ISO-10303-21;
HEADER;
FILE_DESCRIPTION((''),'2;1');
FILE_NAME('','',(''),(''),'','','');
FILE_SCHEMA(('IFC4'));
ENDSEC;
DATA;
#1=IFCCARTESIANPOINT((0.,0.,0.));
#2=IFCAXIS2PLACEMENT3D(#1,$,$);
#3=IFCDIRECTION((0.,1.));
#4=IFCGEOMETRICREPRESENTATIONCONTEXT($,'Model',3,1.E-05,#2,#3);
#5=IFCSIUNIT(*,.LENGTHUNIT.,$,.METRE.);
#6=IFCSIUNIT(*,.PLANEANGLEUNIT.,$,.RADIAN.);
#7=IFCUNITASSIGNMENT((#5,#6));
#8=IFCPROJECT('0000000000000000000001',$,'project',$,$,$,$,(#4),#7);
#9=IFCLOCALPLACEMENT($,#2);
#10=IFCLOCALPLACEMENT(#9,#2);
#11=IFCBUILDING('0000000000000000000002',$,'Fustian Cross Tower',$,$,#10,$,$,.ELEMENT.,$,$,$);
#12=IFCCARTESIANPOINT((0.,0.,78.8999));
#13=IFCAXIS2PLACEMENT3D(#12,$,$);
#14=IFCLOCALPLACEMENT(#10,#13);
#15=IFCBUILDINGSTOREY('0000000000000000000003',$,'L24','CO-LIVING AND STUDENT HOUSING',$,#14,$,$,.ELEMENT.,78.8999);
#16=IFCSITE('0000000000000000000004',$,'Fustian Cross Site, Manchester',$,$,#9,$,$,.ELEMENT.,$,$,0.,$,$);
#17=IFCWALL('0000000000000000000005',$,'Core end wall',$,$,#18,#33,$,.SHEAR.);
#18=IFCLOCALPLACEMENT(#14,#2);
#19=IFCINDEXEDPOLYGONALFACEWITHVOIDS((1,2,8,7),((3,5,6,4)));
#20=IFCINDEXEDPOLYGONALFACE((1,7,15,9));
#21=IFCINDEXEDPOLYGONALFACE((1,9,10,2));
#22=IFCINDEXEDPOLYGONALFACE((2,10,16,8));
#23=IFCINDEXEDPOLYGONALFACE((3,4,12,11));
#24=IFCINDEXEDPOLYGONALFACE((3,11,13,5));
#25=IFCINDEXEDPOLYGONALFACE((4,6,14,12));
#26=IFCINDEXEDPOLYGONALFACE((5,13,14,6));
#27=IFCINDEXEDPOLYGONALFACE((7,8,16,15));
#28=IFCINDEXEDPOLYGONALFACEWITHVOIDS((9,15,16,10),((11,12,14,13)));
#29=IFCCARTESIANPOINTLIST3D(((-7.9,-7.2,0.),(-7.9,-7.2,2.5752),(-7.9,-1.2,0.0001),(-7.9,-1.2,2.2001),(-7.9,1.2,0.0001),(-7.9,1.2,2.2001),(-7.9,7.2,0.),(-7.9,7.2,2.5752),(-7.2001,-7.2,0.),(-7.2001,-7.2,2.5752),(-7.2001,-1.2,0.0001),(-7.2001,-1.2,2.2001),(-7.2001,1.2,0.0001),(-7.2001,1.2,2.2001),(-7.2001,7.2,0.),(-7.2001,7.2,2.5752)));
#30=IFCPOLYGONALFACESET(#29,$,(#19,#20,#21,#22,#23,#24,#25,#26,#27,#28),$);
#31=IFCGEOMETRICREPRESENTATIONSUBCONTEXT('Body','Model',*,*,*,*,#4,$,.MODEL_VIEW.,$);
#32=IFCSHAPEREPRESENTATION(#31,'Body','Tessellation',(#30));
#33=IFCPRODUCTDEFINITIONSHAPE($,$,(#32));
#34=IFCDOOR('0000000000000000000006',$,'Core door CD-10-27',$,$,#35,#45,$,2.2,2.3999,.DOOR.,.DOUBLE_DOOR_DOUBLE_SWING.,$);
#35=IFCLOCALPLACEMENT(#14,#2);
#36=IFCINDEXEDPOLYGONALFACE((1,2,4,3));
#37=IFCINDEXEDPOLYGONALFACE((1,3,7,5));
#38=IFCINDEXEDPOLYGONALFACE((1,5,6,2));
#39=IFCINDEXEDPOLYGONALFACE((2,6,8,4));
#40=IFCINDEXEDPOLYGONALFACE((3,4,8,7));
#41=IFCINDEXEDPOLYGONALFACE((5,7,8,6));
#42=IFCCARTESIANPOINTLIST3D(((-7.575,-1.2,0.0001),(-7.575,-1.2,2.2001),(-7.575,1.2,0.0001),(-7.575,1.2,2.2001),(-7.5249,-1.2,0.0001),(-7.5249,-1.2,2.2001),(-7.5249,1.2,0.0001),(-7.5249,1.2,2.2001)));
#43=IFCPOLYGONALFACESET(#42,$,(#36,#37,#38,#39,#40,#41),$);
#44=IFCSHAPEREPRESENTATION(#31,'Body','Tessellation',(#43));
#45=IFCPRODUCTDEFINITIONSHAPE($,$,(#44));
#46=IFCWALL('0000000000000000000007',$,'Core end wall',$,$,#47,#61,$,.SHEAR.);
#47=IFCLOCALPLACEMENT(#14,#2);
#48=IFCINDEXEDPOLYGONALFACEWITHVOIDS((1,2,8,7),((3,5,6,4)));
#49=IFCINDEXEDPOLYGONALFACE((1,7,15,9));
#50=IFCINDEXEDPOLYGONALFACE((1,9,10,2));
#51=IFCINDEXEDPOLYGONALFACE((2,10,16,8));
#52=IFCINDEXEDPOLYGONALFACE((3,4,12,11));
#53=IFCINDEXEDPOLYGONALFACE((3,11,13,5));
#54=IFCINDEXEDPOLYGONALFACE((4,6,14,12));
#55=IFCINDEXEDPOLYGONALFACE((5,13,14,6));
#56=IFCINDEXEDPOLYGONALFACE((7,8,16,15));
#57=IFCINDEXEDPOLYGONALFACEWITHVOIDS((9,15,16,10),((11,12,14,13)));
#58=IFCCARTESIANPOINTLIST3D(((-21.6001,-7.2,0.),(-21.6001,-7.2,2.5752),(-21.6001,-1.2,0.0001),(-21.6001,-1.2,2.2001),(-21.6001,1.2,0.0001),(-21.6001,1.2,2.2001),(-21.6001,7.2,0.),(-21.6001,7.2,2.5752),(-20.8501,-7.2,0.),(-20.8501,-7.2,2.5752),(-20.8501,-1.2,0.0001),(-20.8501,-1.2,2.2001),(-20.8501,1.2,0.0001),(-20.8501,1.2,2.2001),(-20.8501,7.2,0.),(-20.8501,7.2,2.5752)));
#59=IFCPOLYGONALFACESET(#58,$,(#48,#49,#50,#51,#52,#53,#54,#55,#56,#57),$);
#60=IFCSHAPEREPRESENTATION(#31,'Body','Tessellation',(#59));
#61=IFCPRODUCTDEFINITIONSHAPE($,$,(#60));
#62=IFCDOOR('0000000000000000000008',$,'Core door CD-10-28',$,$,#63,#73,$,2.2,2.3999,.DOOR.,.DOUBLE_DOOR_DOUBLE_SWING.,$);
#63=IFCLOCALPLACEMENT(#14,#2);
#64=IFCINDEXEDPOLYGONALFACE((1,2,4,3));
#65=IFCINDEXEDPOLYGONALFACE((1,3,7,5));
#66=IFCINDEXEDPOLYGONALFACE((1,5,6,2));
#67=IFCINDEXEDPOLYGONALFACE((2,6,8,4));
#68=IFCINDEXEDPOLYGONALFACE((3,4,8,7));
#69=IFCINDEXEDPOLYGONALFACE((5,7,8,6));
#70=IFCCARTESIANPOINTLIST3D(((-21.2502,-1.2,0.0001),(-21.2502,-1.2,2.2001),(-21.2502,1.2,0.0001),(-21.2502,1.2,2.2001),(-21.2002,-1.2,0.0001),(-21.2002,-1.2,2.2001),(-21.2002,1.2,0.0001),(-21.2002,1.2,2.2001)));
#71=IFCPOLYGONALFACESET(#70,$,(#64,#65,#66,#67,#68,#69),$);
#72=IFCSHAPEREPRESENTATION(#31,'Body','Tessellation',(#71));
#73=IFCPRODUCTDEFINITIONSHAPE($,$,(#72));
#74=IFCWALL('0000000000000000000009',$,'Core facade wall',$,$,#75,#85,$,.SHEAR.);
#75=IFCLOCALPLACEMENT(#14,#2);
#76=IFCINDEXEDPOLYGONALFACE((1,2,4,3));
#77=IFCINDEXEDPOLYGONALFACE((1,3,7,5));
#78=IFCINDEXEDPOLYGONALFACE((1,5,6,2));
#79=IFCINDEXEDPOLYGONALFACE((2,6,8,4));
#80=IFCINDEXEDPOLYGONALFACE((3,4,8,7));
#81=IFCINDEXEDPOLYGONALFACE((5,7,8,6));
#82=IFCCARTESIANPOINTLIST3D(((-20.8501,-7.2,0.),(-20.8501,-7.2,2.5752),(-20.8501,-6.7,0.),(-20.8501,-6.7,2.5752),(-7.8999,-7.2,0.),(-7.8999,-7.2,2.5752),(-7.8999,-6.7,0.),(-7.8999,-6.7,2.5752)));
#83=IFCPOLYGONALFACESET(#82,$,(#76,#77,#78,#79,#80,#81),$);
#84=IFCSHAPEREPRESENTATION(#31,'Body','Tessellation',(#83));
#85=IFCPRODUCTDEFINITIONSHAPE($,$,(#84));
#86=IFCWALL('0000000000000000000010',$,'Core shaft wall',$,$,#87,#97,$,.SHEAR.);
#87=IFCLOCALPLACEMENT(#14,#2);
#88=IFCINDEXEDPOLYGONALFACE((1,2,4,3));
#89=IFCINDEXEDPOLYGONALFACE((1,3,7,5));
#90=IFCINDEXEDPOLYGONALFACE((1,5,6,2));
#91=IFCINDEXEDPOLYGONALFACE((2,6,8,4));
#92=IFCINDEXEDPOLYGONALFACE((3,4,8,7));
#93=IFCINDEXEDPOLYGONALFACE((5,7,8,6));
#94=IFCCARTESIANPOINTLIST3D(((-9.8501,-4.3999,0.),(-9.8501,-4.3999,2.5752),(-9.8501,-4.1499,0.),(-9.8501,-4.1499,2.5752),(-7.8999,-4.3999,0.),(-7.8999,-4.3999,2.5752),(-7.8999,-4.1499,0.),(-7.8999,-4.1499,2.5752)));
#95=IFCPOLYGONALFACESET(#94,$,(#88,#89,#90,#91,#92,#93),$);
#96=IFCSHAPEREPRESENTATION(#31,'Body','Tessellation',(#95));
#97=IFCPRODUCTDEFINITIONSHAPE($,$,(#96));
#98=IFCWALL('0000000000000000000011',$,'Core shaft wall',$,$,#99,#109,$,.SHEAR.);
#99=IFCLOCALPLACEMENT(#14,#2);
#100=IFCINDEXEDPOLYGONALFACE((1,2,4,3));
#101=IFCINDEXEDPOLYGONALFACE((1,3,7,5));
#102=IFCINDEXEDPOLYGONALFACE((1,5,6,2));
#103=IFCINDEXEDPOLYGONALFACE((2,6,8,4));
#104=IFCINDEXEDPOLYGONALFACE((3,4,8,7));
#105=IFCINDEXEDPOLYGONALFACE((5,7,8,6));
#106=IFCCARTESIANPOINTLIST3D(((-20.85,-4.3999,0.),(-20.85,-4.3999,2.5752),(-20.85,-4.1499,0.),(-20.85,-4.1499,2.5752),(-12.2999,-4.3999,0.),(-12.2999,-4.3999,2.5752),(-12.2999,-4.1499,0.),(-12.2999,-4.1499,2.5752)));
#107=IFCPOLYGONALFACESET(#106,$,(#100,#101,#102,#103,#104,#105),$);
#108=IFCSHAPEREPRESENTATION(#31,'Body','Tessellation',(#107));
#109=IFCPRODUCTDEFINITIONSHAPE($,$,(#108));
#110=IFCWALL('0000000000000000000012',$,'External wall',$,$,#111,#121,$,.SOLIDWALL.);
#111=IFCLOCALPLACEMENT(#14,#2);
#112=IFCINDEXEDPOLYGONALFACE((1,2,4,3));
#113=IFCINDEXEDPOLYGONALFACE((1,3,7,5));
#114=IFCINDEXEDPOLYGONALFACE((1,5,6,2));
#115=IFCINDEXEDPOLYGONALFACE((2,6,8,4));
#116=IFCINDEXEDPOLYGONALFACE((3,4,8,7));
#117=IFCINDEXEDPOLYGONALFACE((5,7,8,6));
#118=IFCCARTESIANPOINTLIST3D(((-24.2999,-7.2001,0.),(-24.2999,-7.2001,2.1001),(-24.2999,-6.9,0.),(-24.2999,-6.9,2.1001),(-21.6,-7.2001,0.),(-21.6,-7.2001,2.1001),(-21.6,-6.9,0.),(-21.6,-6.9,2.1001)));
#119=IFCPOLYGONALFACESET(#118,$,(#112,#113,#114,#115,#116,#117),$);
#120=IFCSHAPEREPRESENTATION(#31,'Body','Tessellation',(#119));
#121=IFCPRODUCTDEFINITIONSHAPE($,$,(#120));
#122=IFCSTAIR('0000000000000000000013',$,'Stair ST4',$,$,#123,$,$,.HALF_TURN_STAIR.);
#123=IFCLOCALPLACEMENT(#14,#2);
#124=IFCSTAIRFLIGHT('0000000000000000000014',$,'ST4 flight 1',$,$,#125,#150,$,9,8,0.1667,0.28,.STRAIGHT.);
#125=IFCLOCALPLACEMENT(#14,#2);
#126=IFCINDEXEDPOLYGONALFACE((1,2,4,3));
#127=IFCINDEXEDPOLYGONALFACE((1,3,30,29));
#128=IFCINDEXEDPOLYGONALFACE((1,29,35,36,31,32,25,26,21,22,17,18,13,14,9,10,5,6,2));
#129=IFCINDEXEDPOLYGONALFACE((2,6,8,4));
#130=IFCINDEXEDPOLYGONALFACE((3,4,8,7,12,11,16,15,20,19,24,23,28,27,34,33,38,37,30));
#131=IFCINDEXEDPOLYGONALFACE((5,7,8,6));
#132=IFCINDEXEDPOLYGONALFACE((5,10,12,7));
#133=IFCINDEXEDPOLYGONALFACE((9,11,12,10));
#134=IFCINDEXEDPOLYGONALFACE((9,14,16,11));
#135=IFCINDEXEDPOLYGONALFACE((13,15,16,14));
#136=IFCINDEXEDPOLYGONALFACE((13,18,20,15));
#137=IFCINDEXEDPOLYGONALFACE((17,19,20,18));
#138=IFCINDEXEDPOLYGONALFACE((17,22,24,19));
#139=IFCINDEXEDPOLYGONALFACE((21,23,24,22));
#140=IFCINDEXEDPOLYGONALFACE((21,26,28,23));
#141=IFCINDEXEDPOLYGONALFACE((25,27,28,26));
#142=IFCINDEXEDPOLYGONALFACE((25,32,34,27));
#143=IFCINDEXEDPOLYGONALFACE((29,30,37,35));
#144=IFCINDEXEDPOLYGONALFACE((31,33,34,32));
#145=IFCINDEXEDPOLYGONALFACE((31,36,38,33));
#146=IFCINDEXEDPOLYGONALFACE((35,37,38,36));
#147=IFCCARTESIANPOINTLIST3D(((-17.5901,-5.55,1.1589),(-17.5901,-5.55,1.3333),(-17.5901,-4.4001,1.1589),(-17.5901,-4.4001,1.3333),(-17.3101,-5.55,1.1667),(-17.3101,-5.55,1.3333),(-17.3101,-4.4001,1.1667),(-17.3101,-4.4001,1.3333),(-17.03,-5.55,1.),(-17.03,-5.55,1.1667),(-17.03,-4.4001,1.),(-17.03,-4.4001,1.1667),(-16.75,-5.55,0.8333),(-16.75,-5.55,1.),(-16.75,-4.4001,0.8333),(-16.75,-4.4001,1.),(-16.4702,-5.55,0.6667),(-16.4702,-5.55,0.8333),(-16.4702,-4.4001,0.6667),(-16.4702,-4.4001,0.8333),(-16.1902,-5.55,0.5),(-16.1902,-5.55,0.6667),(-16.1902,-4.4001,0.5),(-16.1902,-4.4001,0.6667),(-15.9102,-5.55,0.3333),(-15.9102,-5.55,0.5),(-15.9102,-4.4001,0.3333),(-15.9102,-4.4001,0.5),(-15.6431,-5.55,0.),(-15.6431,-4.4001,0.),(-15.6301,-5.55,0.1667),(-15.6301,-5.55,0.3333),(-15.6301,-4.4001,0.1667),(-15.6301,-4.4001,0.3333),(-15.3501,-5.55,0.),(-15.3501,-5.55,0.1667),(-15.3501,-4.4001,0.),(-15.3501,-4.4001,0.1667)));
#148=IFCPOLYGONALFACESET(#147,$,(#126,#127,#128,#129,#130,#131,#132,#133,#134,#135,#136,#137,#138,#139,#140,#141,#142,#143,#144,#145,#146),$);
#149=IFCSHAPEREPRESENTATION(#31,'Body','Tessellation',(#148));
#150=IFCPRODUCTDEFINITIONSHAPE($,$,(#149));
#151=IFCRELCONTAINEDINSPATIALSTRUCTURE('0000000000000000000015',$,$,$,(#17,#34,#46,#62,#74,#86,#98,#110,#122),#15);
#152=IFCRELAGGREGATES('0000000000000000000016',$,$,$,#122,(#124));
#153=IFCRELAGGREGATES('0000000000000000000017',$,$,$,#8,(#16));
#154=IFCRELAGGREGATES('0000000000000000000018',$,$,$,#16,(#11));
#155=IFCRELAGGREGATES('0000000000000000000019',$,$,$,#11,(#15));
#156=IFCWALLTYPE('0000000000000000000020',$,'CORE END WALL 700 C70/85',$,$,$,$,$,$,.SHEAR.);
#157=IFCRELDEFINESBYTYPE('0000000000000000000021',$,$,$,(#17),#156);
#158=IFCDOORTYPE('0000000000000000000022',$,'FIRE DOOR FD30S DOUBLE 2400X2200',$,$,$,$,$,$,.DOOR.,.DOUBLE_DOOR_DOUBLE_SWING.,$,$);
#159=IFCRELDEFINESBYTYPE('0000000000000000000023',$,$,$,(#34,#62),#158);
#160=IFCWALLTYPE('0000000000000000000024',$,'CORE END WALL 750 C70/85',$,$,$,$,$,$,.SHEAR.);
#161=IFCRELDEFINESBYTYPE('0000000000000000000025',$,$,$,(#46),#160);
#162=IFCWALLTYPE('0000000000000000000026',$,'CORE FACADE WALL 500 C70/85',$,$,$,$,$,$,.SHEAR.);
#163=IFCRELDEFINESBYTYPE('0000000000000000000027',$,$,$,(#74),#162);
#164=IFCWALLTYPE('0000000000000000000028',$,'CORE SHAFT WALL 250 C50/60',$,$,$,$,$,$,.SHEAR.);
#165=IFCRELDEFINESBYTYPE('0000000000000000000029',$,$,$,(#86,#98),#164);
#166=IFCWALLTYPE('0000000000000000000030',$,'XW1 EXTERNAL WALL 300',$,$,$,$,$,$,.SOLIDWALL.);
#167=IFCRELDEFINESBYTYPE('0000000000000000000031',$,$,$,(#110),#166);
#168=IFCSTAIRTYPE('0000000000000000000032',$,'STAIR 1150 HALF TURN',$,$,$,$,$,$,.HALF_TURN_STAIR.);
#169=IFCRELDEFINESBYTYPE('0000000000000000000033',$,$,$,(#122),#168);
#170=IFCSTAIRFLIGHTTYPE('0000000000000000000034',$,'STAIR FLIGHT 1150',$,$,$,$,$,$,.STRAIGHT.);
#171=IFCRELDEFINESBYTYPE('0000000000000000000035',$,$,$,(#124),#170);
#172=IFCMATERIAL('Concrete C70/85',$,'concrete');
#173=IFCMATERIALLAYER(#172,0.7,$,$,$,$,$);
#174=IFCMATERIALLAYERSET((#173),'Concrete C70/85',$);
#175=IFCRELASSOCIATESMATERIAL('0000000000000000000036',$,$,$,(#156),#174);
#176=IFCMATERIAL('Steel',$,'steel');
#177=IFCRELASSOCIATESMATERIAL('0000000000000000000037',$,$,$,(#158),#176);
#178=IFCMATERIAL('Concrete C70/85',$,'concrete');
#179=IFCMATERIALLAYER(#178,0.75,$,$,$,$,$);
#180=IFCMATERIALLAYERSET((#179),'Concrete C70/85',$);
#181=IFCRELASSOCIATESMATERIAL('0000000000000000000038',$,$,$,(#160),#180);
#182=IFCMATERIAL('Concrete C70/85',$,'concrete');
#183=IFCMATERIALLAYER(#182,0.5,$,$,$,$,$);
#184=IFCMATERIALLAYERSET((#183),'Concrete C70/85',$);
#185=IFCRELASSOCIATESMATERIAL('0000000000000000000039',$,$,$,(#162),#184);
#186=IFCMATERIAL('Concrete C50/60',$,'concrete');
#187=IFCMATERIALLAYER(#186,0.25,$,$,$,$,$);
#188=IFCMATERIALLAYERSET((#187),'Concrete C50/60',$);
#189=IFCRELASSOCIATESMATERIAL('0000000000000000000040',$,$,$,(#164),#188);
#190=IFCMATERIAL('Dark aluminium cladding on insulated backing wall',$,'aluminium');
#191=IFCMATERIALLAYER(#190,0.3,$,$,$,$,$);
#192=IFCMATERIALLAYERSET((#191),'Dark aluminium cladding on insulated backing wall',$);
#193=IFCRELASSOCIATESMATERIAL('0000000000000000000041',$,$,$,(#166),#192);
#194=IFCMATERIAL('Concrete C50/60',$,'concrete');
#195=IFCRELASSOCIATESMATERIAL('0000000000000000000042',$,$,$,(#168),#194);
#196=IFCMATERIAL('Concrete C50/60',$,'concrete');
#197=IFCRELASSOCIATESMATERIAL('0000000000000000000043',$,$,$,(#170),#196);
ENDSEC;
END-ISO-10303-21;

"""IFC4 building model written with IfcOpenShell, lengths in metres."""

from ifc_helpers import new_model, si_unit, direction, frame, frame_2d, origin, place, context, subcontext, project, spatial, polyline, rectangle, outline, extrude, material, layer, layer_set, type_object, element, fill, aggregate, save


model = new_model("IFC4")

# Units and contexts
model_context = context("Model", 3, precision=1e-05, world=origin(), true_north=direction((0.0, 1.0)))
body_context = subcontext(model_context, "Body", "Model", "MODEL_VIEW")
ifc_project = project(units=[si_unit("LENGTHUNIT", "METRE"), si_unit("PLANEANGLEUNIT", "RADIAN")], contexts=[model_context])

# Site, building, storey
site_placement = place(None, origin())
site = spatial("IfcSite", under=ifc_project, at=site_placement, Name="Fustian Cross Site, Manchester", CompositionType="ELEMENT", RefElevation=0.0)
building_placement = place(site_placement, origin())
building = spatial("IfcBuilding", under=site, at=building_placement, Name="Fustian Cross Tower", CompositionType="ELEMENT")
storey_placement = place(building_placement, frame((0.0, 0.0, 78.8999)))
storey = spatial("IfcBuildingStorey", under=building, at=storey_placement, Name="L24", Description="CO-LIVING AND STUDENT HOUSING", CompositionType="ELEMENT", Elevation=78.8999)

# Walls, openings, doors
ifc_material_1 = material(Name="Concrete C70/85", Category="concrete")
ifc_layer_1 = layer(ifc_material_1, 0.7)
ifc_layer_set_1 = layer_set([ifc_layer_1], Name="Concrete C70/85")
wall_type_1 = type_object("IfcWallType", Name="CORE END WALL 700 C70/85", PredefinedType="SHEAR", material=ifc_layer_set_1)
wall_1_placement = place(storey_placement, frame((-7.55, -7.2, 0.0), z_axis=(0.0, 0.0, 1.0), x_axis=(0.0, 1.0, 0.0)))
wall_1 = element("IfcWall", 1, at=wall_1_placement, inside=storey, type_object=wall_type_1, Name="Core end wall", PredefinedType="SHEAR", context=body_context, shape_type="SweptSolid", body=[
    extrude(rectangle(XDim=14.3999, YDim=0.7, at=frame_2d((7.2, 0.0))), origin(), (0.0, 0.0, 1.0), 2.5752),
])
opening_1_placement = place(wall_1_placement, frame((6.0, 0.0, 0.0)))
opening_1 = element("IfcOpeningElement", 2, at=opening_1_placement, cuts=wall_1, PredefinedType="OPENING", context=body_context, shape_type="SweptSolid", body=[
    extrude(rectangle(XDim=2.3999, YDim=2.2, at=frame_2d((1.2, 1.1001))), frame((0.0, 0.3599, 0.0), z_axis=(0.0, -1.0, 0.0), x_axis=(1.0, 0.0, 0.0)), (0.0, 0.0, 1.0), 0.72),
])
ifc_material_2 = material(Name="Steel", Category="steel")
door_type = type_object("IfcDoorType", Name="FIRE DOOR FD30S DOUBLE 2400X2200", OperationType="DOUBLE_DOOR_DOUBLE_SWING", PredefinedType="DOOR", material=ifc_material_2)
door_1_placement = place(opening_1_placement, origin())
door_1 = element("IfcDoor", 3, at=door_1_placement, inside=storey, type_object=door_type, Name="Core door CD-10-27", OperationType="DOUBLE_DOOR_DOUBLE_SWING", OverallHeight=2.2, OverallWidth=2.3999, PredefinedType="DOOR", context=body_context, shape_type="SweptSolid", body=[
    extrude(rectangle(XDim=2.3999, YDim=2.2, at=frame_2d((1.2, 1.1001))), frame((0.0, 0.0249, 0.0), z_axis=(0.0, -1.0, 0.0), x_axis=(1.0, 0.0, 0.0)), (0.0, 0.0, 1.0), 0.05),
])
fill(opening_1, door_1)
ifc_material_3 = material(Name="Concrete C70/85", Category="concrete")
ifc_layer_2 = layer(ifc_material_3, 0.75)
ifc_layer_set_2 = layer_set([ifc_layer_2], Name="Concrete C70/85")
wall_type_2 = type_object("IfcWallType", Name="CORE END WALL 750 C70/85", PredefinedType="SHEAR", material=ifc_layer_set_2)
wall_2_placement = place(storey_placement, frame((-21.2251, -7.2, 0.0), z_axis=(0.0, 0.0, 1.0), x_axis=(0.0, 1.0, 0.0)))
wall_2 = element("IfcWall", 4, at=wall_2_placement, inside=storey, type_object=wall_type_2, Name="Core end wall", PredefinedType="SHEAR", context=body_context, shape_type="SweptSolid", body=[
    extrude(rectangle(XDim=14.3999, YDim=0.75, at=frame_2d((7.2, 0.0))), origin(), (0.0, 0.0, 1.0), 2.5752),
])
opening_2_placement = place(wall_2_placement, frame((6.0, 0.0, 0.0)))
opening_2 = element("IfcOpeningElement", 5, at=opening_2_placement, cuts=wall_2, PredefinedType="OPENING", context=body_context, shape_type="SweptSolid", body=[
    extrude(rectangle(XDim=2.3999, YDim=2.2, at=frame_2d((1.2, 1.1001))), frame((0.0, 0.385, 0.0), z_axis=(0.0, -1.0, 0.0), x_axis=(1.0, 0.0, 0.0)), (0.0, 0.0, 1.0), 0.77),
])
door_2_placement = place(opening_2_placement, frame((2.3999, 0.0, 0.0), z_axis=(0.0, 0.0, 1.0), x_axis=(-1.0, 0.0, 0.0)))
door_2 = element("IfcDoor", 6, at=door_2_placement, inside=storey, type_object=door_type, Name="Core door CD-10-28", OperationType="DOUBLE_DOOR_DOUBLE_SWING", OverallHeight=2.2, OverallWidth=2.3999, PredefinedType="DOOR", context=body_context, shape_type="SweptSolid", body=[
    extrude(rectangle(XDim=2.3999, YDim=2.2, at=frame_2d((1.2, 1.1001))), frame((0.0, 0.0249, 0.0), z_axis=(0.0, -1.0, 0.0), x_axis=(1.0, 0.0, 0.0)), (0.0, 0.0, 1.0), 0.05),
])
fill(opening_2, door_2)

# Walls
ifc_material_4 = material(Name="Concrete C70/85", Category="concrete")
ifc_layer_3 = layer(ifc_material_4, 0.5)
ifc_layer_set_3 = layer_set([ifc_layer_3], Name="Concrete C70/85")
wall_type_3 = type_object("IfcWallType", Name="CORE FACADE WALL 500 C70/85", PredefinedType="SHEAR", material=ifc_layer_set_3)
wall_3_placement = place(storey_placement, frame((-7.8999, -6.95, 0.0), z_axis=(0.0, 0.0, 1.0), x_axis=(-1.0, 0.0, 0.0)))
element("IfcWall", 7, at=wall_3_placement, inside=storey, type_object=wall_type_3, Name="Core facade wall", PredefinedType="SHEAR", context=body_context, shape_type="SweptSolid", body=[
    extrude(rectangle(XDim=12.9502, YDim=0.5, at=frame_2d((6.4751, 0.0))), origin(), (0.0, 0.0, 1.0), 2.5752),
])
ifc_material_5 = material(Name="Concrete C50/60", Category="concrete")
ifc_layer_4 = layer(ifc_material_5, 0.25)
ifc_layer_set_4 = layer_set([ifc_layer_4], Name="Concrete C50/60")
wall_type_4 = type_object("IfcWallType", Name="CORE SHAFT WALL 250 C50/60", PredefinedType="SHEAR", material=ifc_layer_set_4)
wall_4_placement = place(storey_placement, frame((-7.8999, -4.2749, 0.0), z_axis=(0.0, 0.0, 1.0), x_axis=(-1.0, 0.0, 0.0)))
element("IfcWall", 8, at=wall_4_placement, inside=storey, type_object=wall_type_4, Name="Core shaft wall", PredefinedType="SHEAR", context=body_context, shape_type="SweptSolid", body=[
    extrude(rectangle(XDim=1.9502, YDim=0.25, at=frame_2d((0.9751, 0.0))), origin(), (0.0, 0.0, 1.0), 2.5752),
])
wall_5_placement = place(storey_placement, frame((-12.3, -4.2749, 0.0), z_axis=(0.0, 0.0, 1.0), x_axis=(-1.0, 0.0, 0.0)))
element("IfcWall", 9, at=wall_5_placement, inside=storey, type_object=wall_type_4, Name="Core shaft wall", PredefinedType="SHEAR", context=body_context, shape_type="SweptSolid", body=[
    extrude(rectangle(XDim=8.55, YDim=0.25, at=frame_2d((4.2749, 0.0))), origin(), (0.0, 0.0, 1.0), 2.5752),
])
ifc_material_6 = material(Name="Dark aluminium cladding on insulated backing wall", Category="aluminium")
ifc_layer_5 = layer(ifc_material_6, 0.3)
ifc_layer_set_5 = layer_set([ifc_layer_5], Name="Dark aluminium cladding on insulated backing wall")
wall_type_5 = type_object("IfcWallType", Name="XW1 EXTERNAL WALL 300", PredefinedType="SOLIDWALL", material=ifc_layer_set_5)
wall_6_placement = place(storey_placement, frame((-24.3, -7.05, 0.0), z_axis=(0.0, 0.0, 1.0), x_axis=(1.0, 0.0, 0.0)))
element("IfcWall", 10, at=wall_6_placement, inside=storey, type_object=wall_type_5, Name="External wall", PredefinedType="SOLIDWALL", context=body_context, shape_type="SweptSolid", body=[
    extrude(rectangle(XDim=2.7, YDim=0.3, at=frame_2d((1.3501, 0.0))), origin(), (0.0, 0.0, 1.0), 2.1001),
])

# Stair, stair flight
ifc_material_7 = material(Name="Concrete C50/60", Category="concrete")
stair_type = type_object("IfcStairType", Name="STAIR 1150 HALF TURN", PredefinedType="HALF_TURN_STAIR", material=ifc_material_7)
stair_placement = place(storey_placement, origin())
stair = element("IfcStair", 11, at=stair_placement, inside=storey, type_object=stair_type, Name="Stair ST4", PredefinedType="HALF_TURN_STAIR")
ifc_material_8 = material(Name="Concrete C50/60", Category="concrete")
stair_flight_type = type_object("IfcStairFlightType", Name="STAIR FLIGHT 1150", PredefinedType="STRAIGHT", material=ifc_material_8)
stair_flight_1_placement = place(storey_placement, frame((-15.3501, -4.9751, 0.0), z_axis=(0.0, 0.0, 1.0), x_axis=(-1.0, 0.0, 0.0)))
stair_flight_1 = element("IfcStairFlight", 12, at=stair_flight_1_placement, type_object=stair_flight_type, Name="ST4 flight 1", NumberOfRisers=9, NumberOfTreads=8, PredefinedType="STRAIGHT", RiserHeight=0.1667, TreadLength=0.28, context=body_context, shape_type="SweptSolid", body=[
    extrude(outline(polyline([(0.0, 0.0), (0.0, 0.1667), (0.28, 0.1667), (0.28, 0.3333), (0.5601, 0.3333), (0.5601, 0.5), (0.8401, 0.5), (0.8401, 0.6667), (1.1201, 0.6667), (1.1201, 0.8333), (1.3999, 0.8333), (1.3999, 1.0), (1.6799, 1.0), (1.6799, 1.1667), (1.96, 1.1667), (1.96, 1.3333), (2.24, 1.3333), (2.24, 1.5), (2.24, 1.1589), (0.293, 0.0), (0.0, 0.0)])), frame((0.0, 0.575, 0.0), z_axis=(0.0, -1.0, 0.0), x_axis=(1.0, 0.0, 0.0)), (0.0, 0.0, 1.0), 1.1499),
])
aggregate(stair, [stair_flight_1])

save(model, "model.ifc")
